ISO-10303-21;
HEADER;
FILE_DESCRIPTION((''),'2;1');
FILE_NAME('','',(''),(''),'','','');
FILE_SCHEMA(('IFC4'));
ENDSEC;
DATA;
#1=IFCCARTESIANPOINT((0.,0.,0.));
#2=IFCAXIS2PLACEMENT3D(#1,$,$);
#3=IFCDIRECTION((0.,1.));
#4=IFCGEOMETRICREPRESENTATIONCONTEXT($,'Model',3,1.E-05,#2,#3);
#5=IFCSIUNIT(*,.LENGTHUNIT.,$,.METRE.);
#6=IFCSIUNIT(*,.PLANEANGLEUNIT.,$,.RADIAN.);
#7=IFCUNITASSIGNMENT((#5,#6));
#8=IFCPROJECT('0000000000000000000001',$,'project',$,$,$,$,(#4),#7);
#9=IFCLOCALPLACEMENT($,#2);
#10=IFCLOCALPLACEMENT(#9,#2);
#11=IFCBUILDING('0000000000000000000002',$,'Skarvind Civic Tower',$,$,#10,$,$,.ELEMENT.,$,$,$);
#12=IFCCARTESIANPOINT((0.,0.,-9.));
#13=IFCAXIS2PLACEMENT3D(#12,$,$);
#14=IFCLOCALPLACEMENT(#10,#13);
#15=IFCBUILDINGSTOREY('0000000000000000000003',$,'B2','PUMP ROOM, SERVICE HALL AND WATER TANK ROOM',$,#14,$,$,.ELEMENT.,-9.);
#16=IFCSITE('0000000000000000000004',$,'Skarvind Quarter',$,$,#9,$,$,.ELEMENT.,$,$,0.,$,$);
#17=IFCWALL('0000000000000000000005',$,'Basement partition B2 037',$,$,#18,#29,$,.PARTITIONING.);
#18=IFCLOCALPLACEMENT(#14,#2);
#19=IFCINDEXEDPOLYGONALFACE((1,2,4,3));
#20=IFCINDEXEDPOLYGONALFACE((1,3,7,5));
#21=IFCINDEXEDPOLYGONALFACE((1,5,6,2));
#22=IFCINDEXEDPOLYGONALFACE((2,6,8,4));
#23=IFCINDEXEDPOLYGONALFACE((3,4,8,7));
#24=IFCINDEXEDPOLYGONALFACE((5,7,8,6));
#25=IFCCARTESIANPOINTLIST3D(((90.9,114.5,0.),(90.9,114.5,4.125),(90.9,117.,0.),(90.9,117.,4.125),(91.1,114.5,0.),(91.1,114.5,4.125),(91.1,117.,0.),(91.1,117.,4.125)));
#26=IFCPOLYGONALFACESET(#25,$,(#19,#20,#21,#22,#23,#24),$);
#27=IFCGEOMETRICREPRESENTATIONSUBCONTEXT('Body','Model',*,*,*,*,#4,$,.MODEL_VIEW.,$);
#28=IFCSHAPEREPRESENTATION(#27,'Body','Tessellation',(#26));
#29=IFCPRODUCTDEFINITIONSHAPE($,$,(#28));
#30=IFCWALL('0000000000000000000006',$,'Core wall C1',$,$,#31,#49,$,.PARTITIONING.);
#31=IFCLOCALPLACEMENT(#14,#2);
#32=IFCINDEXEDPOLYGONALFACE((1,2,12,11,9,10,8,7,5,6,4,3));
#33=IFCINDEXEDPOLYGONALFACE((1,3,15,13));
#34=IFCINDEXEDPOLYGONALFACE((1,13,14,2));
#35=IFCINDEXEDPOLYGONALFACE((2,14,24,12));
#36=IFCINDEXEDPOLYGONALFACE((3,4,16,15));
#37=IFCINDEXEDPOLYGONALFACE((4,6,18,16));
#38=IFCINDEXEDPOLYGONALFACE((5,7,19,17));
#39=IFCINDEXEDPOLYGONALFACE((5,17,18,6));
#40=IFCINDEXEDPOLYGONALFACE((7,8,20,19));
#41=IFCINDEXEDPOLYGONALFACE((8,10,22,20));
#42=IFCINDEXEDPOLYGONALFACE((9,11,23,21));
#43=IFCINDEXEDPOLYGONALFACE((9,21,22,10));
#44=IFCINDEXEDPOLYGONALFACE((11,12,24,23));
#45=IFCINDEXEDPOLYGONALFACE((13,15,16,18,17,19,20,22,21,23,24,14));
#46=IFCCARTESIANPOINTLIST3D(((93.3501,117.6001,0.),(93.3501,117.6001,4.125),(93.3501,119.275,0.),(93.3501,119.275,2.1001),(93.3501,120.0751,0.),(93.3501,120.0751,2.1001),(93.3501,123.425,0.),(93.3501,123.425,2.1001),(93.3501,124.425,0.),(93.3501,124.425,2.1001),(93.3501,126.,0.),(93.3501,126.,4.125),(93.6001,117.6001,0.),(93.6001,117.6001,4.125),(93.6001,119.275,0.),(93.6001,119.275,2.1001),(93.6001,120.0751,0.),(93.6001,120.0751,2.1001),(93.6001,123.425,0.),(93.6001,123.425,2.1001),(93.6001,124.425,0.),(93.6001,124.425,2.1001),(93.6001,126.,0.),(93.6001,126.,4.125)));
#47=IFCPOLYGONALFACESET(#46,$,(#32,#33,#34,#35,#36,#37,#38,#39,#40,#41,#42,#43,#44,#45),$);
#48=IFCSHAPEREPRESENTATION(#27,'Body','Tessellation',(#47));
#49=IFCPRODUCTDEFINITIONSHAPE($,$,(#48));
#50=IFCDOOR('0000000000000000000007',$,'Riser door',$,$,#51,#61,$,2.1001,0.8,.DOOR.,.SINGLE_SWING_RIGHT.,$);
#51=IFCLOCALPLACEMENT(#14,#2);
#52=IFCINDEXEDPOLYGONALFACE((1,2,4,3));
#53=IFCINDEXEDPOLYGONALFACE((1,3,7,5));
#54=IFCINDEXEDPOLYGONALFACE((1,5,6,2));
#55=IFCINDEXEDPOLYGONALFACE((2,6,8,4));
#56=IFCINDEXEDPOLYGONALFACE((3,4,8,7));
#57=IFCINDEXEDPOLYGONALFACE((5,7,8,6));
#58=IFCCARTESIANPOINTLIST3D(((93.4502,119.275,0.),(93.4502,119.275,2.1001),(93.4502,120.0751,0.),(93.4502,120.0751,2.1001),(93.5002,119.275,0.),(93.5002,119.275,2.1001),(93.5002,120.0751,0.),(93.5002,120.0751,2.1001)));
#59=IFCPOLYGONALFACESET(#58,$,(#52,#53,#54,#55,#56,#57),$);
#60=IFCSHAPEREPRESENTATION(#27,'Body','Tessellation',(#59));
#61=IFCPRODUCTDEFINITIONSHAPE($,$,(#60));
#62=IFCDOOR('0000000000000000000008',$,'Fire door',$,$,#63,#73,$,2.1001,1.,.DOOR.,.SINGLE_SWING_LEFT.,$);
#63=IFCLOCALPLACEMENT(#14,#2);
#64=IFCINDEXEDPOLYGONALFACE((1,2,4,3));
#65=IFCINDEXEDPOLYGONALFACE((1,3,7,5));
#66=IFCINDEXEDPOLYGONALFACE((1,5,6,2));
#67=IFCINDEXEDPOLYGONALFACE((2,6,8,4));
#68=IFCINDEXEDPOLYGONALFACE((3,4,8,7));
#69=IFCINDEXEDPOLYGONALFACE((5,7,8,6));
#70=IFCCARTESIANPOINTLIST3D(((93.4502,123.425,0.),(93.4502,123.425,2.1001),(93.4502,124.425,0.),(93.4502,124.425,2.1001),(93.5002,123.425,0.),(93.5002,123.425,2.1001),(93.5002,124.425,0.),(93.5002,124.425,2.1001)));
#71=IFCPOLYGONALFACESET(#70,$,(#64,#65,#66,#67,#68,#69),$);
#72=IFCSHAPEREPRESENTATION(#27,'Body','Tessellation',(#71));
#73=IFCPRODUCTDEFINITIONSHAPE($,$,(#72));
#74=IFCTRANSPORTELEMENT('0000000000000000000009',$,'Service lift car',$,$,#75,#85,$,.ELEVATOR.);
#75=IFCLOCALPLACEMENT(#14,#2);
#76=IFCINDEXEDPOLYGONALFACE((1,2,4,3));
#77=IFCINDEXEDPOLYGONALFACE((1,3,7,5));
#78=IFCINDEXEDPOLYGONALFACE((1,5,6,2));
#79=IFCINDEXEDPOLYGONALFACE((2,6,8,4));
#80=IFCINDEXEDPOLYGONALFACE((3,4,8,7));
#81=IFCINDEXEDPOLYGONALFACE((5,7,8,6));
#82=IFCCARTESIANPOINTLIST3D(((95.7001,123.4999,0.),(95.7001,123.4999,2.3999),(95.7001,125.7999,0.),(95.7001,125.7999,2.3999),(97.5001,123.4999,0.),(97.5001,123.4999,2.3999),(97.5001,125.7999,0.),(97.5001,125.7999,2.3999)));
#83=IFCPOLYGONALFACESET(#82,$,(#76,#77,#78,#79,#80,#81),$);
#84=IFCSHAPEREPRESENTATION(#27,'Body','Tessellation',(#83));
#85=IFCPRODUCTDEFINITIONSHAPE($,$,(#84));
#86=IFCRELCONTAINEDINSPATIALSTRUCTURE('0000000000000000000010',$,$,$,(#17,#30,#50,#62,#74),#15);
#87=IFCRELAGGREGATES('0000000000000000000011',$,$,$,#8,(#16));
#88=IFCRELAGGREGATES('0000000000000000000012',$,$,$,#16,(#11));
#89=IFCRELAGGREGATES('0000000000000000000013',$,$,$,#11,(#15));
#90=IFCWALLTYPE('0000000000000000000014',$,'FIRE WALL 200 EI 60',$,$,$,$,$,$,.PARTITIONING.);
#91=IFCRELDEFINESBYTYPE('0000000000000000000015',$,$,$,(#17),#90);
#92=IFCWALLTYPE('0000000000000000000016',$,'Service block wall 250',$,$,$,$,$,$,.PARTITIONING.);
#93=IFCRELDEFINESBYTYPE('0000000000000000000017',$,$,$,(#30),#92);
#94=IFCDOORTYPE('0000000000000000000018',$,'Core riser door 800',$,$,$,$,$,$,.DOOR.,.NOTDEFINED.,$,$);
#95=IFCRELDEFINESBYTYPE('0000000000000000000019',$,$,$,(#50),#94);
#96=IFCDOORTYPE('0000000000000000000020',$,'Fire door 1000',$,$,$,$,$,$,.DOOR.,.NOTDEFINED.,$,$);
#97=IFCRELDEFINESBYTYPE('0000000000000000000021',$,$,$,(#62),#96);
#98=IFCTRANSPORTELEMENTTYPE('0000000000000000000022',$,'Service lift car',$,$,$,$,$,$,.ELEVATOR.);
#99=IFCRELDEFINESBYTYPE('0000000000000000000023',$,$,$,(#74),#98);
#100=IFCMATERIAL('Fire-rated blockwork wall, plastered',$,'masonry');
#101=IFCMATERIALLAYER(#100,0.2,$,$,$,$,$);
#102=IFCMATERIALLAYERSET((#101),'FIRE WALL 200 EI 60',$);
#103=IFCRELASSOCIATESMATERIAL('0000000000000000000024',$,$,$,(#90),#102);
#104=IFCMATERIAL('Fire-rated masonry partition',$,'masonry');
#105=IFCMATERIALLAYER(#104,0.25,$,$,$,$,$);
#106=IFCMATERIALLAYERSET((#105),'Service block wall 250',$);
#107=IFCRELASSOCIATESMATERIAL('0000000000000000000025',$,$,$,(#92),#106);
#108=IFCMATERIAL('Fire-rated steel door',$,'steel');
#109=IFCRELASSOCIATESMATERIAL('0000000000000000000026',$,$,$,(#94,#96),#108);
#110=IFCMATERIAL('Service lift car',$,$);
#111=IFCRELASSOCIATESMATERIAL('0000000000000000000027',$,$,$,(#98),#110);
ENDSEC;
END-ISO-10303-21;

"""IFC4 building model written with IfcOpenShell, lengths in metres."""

from ifc_helpers import new_model, si_unit, direction, frame, frame_2d, origin, origin_2d, place, context, subcontext, project, spatial, rectangle, extrude, material, layer, layer_set, type_object, element, fill, save


model = new_model("IFC4")

# Units and contexts
model_context = context("Model", 3, precision=1e-05, world=origin(), true_north=direction((0.0, 1.0)))
body_context = subcontext(model_context, "Body", "Model", "MODEL_VIEW")
ifc_project = project(units=[si_unit("LENGTHUNIT", "METRE"), si_unit("PLANEANGLEUNIT", "RADIAN")], contexts=[model_context])

# Site, building, storey
site_placement = place(None, origin())
site = spatial("IfcSite", under=ifc_project, at=site_placement, Name="Skarvind Quarter", CompositionType="ELEMENT", RefElevation=0.0)
building_placement = place(site_placement, origin())
building = spatial("IfcBuilding", under=site, at=building_placement, Name="Skarvind Civic Tower", CompositionType="ELEMENT")
storey_placement = place(building_placement, frame((0.0, 0.0, -9.0)))
storey = spatial("IfcBuildingStorey", under=building, at=storey_placement, Name="B2", Description="PUMP ROOM, SERVICE HALL AND WATER TANK ROOM", CompositionType="ELEMENT", Elevation=-9.0)

# Shared definitions
ifc_material_1 = material(Name="Fire-rated masonry partition", Category="masonry")
ifc_material_2 = material(Name="Fire-rated steel door", Category="steel")

# Shared definitions
ifc_material_3 = material(Name="Fire-rated blockwork wall, plastered", Category="masonry")

# Shared definitions
ifc_layer_1 = layer(ifc_material_3, 0.2)
ifc_layer_set_1 = layer_set([ifc_layer_1], Name="FIRE WALL 200 EI 60")
wall_type_1 = type_object("IfcWallType", Name="FIRE WALL 200 EI 60", PredefinedType="PARTITIONING", material=ifc_layer_set_1)

# Wall
wall_1_placement = place(storey_placement, frame((91.0, 114.5, 0.0), z_axis=(0.0, 0.0, 1.0), x_axis=(0.0, 1.0, 0.0)))
element("IfcWall", 1, at=wall_1_placement, inside=storey, type_object=wall_type_1, Name="Basement partition B2 037", PredefinedType="PARTITIONING", context=body_context, shape_type="SweptSolid", body=[
    extrude(rectangle(XDim=2.5, YDim=0.2, at=frame_2d((1.25, 0.0))), origin(), (0.0, 0.0, 1.0), 4.125),
])

# Wall, openings, doors
ifc_layer_2 = layer(ifc_material_1, 0.25)
ifc_layer_set_2 = layer_set([ifc_layer_2], Name="Service block wall 250")
wall_type_2 = type_object("IfcWallType", Name="Service block wall 250", PredefinedType="PARTITIONING", material=ifc_layer_set_2)
wall_2_placement = place(storey_placement, frame((93.4751, 117.6001, 0.0), z_axis=(0.0, 0.0, 1.0), x_axis=(0.0, 1.0, 0.0)))
wall_2 = element("IfcWall", 2, at=wall_2_placement, inside=storey, type_object=wall_type_2, Name="Core wall C1", PredefinedType="PARTITIONING", context=body_context, shape_type="SweptSolid", body=[
    extrude(rectangle(XDim=8.3999, YDim=0.25, at=frame_2d((4.2, 0.0))), origin(), (0.0, 0.0, 1.0), 4.125),
])
opening_1_placement = place(wall_2_placement, frame((5.825, 0.0, 0.0)))
opening_1 = element("IfcOpeningElement", 3, at=opening_1_placement, cuts=wall_2, PredefinedType="OPENING", context=body_context, shape_type="SweptSolid", body=[
    extrude(rectangle(XDim=1.0, YDim=2.1001, at=frame_2d((0.5, 1.05))), frame((0.0, 0.135, 0.0), z_axis=(0.0, -1.0, 0.0), x_axis=(1.0, 0.0, 0.0)), (0.0, 0.0, 1.0), 0.27),
])
opening_2_placement = place(wall_2_placement, frame((1.675, 0.0, 0.0)))
opening_2 = element("IfcOpeningElement", 4, at=opening_2_placement, cuts=wall_2, PredefinedType="OPENING", context=body_context, shape_type="SweptSolid", body=[
    extrude(rectangle(XDim=0.8, YDim=2.1001, at=frame_2d((0.3999, 1.05))), frame((0.0, 0.135, 0.0), z_axis=(0.0, -1.0, 0.0), x_axis=(1.0, 0.0, 0.0)), (0.0, 0.0, 1.0), 0.27),
])
door_type_1 = type_object("IfcDoorType", Name="Core riser door 800", OperationType="NOTDEFINED", PredefinedType="DOOR", material=ifc_material_2)
door_1_placement = place(opening_2_placement, origin())
door_1 = element("IfcDoor", 5, at=door_1_placement, inside=storey, type_object=door_type_1, Name="Riser door", OperationType="SINGLE_SWING_RIGHT", OverallHeight=2.1001, OverallWidth=0.8, PredefinedType="DOOR", context=body_context, shape_type="SweptSolid", body=[
    extrude(rectangle(XDim=0.8, YDim=2.1001, at=frame_2d((0.3999, 1.05))), frame((0.0, 0.0249, 0.0), z_axis=(0.0, -1.0, 0.0), x_axis=(1.0, 0.0, 0.0)), (0.0, 0.0, 1.0), 0.05),
])
fill(opening_2, door_1)
door_type_2 = type_object("IfcDoorType", Name="Fire door 1000", OperationType="NOTDEFINED", PredefinedType="DOOR", material=ifc_material_2)
door_2_placement = place(opening_1_placement, origin())
door_2 = element("IfcDoor", 6, at=door_2_placement, inside=storey, type_object=door_type_2, Name="Fire door", OperationType="SINGLE_SWING_LEFT", OverallHeight=2.1001, OverallWidth=1.0, PredefinedType="DOOR", context=body_context, shape_type="SweptSolid", body=[
    extrude(rectangle(XDim=1.0, YDim=2.1001, at=frame_2d((0.5, 1.05))), frame((0.0, 0.0249, 0.0), z_axis=(0.0, -1.0, 0.0), x_axis=(1.0, 0.0, 0.0)), (0.0, 0.0, 1.0), 0.05),
])
fill(opening_1, door_2)

# Transport element
ifc_material_4 = material(Name="Service lift car")
transport_element_type = type_object("IfcTransportElementType", Name="Service lift car", PredefinedType="ELEVATOR", material=ifc_material_4)
transport_element_placement = place(storey_placement, frame((96.6001, 124.6499, 0.0), z_axis=(0.0, 0.0, 1.0), x_axis=(-1.0, 0.0, 0.0)))
element("IfcTransportElement", 7, at=transport_element_placement, inside=storey, type_object=transport_element_type, Name="Service lift car", PredefinedType="ELEVATOR", context=body_context, shape_type="SweptSolid", body=[
    extrude(rectangle(XDim=1.8, YDim=2.3, at=origin_2d()), origin(), (0.0, 0.0, 1.0), 2.3999),
])

save(model, "model.ifc")
